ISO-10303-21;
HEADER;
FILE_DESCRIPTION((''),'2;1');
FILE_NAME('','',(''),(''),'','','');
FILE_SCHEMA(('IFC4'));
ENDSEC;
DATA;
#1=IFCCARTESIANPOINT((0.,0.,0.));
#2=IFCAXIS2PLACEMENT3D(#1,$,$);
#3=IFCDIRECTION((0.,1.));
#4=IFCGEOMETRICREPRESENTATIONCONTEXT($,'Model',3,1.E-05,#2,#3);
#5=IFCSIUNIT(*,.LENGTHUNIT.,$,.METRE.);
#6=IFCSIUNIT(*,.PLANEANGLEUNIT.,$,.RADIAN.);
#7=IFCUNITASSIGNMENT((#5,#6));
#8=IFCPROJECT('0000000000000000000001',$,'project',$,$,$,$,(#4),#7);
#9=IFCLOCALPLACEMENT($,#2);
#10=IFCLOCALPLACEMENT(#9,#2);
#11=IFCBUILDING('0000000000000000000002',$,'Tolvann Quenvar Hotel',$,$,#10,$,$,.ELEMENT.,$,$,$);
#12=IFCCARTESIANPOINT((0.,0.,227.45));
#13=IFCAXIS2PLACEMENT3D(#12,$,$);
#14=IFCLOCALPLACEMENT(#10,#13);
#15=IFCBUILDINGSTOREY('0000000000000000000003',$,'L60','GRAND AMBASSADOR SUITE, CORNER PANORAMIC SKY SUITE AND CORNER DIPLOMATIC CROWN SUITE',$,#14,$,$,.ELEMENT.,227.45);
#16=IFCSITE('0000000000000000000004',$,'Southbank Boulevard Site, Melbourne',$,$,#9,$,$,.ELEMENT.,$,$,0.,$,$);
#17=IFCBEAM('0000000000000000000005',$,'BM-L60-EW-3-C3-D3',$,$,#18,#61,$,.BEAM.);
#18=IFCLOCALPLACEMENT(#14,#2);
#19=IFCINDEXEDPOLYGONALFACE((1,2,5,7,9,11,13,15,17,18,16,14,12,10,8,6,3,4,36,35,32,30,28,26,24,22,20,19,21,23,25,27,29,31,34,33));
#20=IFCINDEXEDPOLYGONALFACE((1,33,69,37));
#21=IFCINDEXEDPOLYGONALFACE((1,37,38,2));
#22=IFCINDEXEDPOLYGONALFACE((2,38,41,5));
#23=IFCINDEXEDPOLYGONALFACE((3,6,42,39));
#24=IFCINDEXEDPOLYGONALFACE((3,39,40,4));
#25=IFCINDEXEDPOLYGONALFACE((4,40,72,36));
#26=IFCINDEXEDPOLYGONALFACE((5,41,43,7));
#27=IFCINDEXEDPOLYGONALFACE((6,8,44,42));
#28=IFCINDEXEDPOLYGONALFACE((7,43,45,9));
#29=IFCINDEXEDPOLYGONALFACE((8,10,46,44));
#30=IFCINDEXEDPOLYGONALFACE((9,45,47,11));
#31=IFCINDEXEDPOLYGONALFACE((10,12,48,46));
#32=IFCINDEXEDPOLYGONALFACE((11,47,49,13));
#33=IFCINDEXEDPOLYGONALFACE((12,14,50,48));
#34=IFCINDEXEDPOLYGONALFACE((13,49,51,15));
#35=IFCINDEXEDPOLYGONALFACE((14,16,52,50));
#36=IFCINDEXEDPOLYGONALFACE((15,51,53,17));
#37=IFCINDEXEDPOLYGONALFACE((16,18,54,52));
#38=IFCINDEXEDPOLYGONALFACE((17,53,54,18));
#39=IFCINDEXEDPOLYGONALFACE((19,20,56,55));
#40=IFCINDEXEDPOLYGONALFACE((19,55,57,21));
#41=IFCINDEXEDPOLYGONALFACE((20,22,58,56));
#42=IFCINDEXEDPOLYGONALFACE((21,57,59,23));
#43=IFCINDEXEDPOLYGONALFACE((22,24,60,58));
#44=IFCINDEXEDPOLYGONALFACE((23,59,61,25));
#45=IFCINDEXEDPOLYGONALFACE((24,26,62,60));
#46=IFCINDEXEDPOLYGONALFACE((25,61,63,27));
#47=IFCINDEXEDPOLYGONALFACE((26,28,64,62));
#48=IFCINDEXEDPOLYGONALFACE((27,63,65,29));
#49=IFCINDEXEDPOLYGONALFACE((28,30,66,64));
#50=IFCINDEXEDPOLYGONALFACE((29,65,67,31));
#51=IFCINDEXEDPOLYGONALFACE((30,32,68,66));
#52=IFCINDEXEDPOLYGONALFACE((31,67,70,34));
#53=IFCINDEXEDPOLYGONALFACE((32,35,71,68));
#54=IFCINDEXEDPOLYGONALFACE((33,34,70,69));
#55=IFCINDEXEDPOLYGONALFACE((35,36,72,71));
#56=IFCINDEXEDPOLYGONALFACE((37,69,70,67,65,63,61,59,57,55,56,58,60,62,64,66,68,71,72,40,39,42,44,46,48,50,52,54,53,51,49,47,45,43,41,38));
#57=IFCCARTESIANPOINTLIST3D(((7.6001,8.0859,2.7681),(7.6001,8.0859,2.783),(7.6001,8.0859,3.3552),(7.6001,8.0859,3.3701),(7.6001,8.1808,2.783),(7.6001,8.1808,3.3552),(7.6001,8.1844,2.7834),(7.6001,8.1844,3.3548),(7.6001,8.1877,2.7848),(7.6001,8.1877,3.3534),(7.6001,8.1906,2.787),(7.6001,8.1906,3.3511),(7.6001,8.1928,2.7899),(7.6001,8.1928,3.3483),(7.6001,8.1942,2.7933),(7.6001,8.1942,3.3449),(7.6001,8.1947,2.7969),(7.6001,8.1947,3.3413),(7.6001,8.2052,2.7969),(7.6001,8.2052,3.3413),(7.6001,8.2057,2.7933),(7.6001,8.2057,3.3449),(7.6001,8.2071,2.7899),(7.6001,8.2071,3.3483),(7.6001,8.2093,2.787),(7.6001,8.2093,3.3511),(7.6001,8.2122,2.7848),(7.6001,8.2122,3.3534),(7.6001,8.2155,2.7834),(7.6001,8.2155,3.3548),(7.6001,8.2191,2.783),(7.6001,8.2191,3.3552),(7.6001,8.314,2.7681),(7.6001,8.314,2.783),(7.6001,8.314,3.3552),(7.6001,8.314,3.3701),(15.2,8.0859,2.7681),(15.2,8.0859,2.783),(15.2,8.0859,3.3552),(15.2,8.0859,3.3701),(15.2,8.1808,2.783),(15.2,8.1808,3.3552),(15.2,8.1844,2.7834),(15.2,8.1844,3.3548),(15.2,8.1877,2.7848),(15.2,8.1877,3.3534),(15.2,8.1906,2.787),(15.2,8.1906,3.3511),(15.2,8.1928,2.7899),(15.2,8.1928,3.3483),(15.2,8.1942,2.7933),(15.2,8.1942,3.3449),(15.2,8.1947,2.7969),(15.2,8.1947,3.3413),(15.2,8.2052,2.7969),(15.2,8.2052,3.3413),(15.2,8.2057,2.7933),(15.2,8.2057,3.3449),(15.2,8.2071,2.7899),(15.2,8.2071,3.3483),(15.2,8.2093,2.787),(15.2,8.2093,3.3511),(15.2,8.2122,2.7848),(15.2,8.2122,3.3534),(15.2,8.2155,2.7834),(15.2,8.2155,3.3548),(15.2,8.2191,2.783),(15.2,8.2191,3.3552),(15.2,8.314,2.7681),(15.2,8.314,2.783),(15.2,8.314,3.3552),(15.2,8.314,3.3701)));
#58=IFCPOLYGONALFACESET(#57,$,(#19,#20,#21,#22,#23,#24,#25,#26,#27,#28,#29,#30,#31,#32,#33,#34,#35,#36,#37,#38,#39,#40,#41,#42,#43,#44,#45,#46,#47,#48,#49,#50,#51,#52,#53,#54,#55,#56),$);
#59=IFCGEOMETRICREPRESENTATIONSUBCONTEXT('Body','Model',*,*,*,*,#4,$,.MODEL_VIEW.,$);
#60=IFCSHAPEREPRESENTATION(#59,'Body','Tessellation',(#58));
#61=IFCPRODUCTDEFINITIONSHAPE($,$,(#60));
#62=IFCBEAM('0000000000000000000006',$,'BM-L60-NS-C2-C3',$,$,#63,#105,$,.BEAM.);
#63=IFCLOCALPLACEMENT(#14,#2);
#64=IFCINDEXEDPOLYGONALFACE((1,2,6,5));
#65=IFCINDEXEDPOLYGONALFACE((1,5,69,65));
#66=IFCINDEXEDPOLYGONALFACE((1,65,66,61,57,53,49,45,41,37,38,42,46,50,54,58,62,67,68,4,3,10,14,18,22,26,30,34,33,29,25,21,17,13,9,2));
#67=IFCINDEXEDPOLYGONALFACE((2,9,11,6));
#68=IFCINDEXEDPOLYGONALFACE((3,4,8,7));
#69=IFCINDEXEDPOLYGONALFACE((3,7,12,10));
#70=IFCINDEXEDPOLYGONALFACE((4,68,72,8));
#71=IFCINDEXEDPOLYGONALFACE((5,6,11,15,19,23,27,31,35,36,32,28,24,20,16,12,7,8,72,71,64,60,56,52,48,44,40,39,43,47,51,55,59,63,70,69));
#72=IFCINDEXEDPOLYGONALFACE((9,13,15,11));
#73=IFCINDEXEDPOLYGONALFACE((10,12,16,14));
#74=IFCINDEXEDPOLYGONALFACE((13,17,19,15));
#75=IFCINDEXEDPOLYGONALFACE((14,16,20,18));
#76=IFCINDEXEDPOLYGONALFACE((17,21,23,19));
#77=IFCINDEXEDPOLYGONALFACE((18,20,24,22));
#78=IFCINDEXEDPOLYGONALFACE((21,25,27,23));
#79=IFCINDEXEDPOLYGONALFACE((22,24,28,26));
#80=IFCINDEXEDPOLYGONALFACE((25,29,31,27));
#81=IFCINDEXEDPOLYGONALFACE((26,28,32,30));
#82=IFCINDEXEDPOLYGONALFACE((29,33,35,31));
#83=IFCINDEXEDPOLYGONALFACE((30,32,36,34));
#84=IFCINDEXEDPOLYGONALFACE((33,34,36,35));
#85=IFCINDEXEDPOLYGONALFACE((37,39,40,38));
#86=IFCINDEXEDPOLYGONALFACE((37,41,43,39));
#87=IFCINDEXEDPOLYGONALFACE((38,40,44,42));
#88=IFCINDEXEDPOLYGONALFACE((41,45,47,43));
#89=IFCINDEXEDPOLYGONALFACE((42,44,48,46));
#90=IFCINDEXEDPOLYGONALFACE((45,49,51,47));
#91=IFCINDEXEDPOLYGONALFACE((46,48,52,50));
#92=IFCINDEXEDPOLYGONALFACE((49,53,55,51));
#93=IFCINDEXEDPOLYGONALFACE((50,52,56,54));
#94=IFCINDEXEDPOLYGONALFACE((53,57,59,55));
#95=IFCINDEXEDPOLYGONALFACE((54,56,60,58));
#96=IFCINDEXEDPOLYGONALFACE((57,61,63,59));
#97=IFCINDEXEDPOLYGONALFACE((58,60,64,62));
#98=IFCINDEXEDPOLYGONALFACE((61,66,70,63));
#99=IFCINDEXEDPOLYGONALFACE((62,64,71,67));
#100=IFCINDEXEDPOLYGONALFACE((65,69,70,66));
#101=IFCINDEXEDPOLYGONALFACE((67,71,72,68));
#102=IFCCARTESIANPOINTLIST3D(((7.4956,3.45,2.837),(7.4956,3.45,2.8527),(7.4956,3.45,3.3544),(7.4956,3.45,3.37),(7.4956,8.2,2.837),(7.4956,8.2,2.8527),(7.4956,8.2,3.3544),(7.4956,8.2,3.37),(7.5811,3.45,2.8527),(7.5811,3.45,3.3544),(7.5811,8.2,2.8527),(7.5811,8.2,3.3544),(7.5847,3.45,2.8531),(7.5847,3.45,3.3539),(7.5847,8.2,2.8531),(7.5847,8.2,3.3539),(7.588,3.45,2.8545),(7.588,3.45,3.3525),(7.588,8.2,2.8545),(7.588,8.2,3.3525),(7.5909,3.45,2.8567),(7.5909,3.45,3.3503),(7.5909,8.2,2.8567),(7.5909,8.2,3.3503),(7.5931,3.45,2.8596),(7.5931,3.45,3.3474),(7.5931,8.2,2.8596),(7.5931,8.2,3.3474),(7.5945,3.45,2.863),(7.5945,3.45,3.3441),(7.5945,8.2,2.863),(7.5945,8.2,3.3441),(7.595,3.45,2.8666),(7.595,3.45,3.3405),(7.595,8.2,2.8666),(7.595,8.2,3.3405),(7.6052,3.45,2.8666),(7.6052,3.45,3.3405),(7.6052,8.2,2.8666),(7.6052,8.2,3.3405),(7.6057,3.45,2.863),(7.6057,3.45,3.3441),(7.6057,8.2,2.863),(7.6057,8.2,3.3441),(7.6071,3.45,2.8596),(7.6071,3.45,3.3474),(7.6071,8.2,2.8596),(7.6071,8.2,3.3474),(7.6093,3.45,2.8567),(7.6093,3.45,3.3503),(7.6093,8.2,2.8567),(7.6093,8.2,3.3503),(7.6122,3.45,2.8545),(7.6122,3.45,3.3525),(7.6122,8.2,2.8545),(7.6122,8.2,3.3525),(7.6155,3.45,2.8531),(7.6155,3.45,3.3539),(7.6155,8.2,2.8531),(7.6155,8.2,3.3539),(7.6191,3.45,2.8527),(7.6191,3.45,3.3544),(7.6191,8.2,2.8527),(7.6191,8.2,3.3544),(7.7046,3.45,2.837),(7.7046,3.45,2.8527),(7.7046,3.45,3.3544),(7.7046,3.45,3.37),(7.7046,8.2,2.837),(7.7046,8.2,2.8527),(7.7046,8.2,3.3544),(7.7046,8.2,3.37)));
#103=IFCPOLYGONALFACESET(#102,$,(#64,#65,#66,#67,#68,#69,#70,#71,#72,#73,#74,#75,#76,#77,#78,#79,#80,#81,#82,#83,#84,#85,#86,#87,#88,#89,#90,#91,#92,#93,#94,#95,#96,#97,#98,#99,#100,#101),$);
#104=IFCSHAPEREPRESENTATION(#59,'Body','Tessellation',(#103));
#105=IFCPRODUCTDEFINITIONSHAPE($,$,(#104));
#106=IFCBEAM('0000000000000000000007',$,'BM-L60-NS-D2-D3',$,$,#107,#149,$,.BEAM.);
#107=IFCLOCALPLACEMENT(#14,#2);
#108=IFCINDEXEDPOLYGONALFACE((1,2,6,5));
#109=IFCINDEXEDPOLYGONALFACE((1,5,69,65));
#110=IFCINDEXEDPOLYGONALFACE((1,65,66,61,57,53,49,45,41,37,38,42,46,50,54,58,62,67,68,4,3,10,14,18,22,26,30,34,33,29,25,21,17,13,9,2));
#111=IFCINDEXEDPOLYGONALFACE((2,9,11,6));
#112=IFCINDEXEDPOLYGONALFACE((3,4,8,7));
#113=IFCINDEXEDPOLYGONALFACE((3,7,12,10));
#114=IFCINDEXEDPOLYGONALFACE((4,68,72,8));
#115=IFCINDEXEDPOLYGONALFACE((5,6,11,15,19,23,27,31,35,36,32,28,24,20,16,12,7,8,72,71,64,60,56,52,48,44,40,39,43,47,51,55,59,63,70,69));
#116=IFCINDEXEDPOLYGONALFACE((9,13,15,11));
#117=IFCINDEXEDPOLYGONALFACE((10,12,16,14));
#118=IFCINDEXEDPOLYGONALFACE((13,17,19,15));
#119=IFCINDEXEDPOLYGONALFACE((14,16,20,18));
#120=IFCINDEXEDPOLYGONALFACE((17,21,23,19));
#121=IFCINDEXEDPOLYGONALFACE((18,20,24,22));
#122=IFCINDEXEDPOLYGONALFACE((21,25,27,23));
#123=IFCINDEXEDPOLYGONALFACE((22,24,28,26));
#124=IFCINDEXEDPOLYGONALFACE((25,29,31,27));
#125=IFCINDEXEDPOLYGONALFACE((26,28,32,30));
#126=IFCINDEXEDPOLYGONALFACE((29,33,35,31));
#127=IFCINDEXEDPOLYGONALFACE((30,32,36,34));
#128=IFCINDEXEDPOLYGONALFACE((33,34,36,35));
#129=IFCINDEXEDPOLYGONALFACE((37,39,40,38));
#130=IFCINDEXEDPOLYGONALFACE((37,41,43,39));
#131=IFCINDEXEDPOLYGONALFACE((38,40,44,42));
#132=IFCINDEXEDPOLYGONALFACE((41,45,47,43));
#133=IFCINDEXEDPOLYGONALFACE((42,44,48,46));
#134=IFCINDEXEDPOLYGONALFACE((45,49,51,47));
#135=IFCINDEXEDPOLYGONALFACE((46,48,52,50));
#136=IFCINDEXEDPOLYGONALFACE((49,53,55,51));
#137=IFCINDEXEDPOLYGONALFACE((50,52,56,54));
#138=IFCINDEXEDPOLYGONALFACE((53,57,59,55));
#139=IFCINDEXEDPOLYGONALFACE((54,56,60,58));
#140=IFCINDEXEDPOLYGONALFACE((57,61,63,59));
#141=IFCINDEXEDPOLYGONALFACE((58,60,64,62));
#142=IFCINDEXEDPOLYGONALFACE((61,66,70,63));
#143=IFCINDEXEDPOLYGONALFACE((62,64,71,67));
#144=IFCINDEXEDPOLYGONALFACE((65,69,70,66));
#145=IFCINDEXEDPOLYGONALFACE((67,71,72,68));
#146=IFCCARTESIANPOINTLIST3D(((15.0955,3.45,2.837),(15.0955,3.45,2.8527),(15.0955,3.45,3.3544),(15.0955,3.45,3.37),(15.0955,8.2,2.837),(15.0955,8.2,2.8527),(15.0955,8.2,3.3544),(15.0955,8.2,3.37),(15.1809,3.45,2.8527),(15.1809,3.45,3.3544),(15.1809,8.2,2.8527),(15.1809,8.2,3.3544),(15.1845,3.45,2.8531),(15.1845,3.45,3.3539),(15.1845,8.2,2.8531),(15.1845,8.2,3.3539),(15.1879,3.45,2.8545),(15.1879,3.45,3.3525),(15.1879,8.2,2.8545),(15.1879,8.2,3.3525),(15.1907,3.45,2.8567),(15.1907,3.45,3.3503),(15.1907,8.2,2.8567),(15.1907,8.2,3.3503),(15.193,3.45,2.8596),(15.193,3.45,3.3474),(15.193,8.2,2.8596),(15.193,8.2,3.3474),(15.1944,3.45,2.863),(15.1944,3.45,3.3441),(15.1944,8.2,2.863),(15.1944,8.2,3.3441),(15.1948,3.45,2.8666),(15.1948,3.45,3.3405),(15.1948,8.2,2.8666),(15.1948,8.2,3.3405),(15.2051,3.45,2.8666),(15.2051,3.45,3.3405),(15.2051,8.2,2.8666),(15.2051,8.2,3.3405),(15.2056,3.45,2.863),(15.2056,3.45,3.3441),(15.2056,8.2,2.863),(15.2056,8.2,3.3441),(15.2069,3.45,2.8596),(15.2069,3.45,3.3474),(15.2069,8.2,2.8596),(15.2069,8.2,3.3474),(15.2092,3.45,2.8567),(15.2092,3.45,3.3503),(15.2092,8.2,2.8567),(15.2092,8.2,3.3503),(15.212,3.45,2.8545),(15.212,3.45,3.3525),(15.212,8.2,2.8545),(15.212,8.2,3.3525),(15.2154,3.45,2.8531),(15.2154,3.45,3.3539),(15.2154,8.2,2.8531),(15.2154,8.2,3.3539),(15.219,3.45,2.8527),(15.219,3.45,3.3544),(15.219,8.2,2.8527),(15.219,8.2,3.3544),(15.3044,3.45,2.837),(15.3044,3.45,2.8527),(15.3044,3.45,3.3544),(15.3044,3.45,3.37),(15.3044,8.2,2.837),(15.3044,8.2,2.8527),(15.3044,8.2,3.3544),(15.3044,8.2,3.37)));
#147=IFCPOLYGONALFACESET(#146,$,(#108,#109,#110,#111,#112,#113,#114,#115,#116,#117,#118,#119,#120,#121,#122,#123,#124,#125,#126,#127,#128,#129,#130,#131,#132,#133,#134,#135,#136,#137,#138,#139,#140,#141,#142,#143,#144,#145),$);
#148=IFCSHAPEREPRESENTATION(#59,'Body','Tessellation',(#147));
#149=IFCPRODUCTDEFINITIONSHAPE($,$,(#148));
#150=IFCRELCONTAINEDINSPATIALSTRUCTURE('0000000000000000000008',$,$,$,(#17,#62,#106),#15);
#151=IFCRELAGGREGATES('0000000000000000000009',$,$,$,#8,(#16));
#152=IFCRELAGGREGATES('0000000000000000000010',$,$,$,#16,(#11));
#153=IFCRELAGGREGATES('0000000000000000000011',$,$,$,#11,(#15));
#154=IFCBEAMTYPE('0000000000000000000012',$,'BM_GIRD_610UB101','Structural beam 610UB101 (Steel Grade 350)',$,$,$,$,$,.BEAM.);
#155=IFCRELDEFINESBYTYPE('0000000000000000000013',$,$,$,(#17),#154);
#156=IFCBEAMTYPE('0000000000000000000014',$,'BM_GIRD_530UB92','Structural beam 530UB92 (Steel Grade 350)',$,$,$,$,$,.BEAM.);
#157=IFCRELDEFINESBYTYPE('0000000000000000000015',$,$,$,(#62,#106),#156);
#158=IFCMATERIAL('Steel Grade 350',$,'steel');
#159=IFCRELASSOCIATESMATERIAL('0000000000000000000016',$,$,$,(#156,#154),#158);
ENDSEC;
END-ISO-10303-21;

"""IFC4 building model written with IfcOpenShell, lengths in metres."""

from ifc_helpers import new_model, si_unit, direction, frame, origin, origin_2d, place, context, subcontext, project, spatial, i_section, extrude, source, transform, mapped, material, material_profile, profile_set, type_object, element, save


model = new_model("IFC4")

# Units and contexts
model_context = context("Model", 3, precision=1e-05, world=origin(), true_north=direction((0.0, 1.0)))
body_context = subcontext(model_context, "Body", "Model", "MODEL_VIEW")
ifc_project = project(units=[si_unit("LENGTHUNIT", "METRE"), si_unit("PLANEANGLEUNIT", "RADIAN")], contexts=[model_context])

# Site, building, storey
site_placement = place(None, origin())
site = spatial("IfcSite", under=ifc_project, at=site_placement, Name="Southbank Boulevard Site, Melbourne", CompositionType="ELEMENT", RefElevation=0.0)
building_placement = place(site_placement, origin())
building = spatial("IfcBuilding", under=site, at=building_placement, Name="Tolvann Quenvar Hotel", CompositionType="ELEMENT")
storey_placement = place(building_placement, frame((0.0, 0.0, 227.45)))
storey = spatial("IfcBuildingStorey", under=building, at=storey_placement, Name="L60", Description="GRAND AMBASSADOR SUITE, CORNER PANORAMIC SKY SUITE AND CORNER DIPLOMATIC CROWN SUITE", CompositionType="ELEMENT", Elevation=227.45)

# Shared definitions
ifc_material_1 = material(Name="Steel Grade 350", Category="steel")

# Beams
ifc_material_profile_1 = material_profile(ifc_material_1, i_section(OverallWidth=0.209, OverallDepth=0.533, WebThickness=0.0103, FlangeThickness=0.0156, FilletRadius=0.0139, at=origin_2d()), Name="530UB92")
ifc_profile_set_1 = profile_set([ifc_material_profile_1], Name="Steel Grade 350")
beam_type_1 = type_object("IfcBeamType", Name="BM_GIRD_530UB92", Description="Structural beam 530UB92 (Steel Grade 350)", PredefinedType="BEAM", material=ifc_profile_set_1)
ifc_material_profile_2 = material_profile(ifc_material_1, i_section(OverallWidth=0.228, OverallDepth=0.6021, WebThickness=0.0105, FlangeThickness=0.0149, FilletRadius=0.0139, at=origin_2d()), Name="610UB101")
ifc_profile_set_2 = profile_set([ifc_material_profile_2], Name="Steel Grade 350")
beam_type_2 = type_object("IfcBeamType", Name="BM_GIRD_610UB101", Description="Structural beam 610UB101 (Steel Grade 350)", PredefinedType="BEAM", material=ifc_profile_set_2)
shared_shape_1 = source(origin(), body_context, "Body", "SweptSolid", [
    extrude(i_section(OverallWidth=0.228, OverallDepth=0.6021, WebThickness=0.0105, FlangeThickness=0.0149, FilletRadius=0.0139, at=origin_2d()), origin(), (0.0, 0.0, 1.0), 7.5999),
])
beam_1_placement = place(storey_placement, frame((7.6001, 8.2, 3.0691), z_axis=(1.0, 0.0, 0.0), x_axis=(0.0, 1.0, 0.0)))
element("IfcBeam", 1, at=beam_1_placement, inside=storey, type_object=beam_type_2, Name="BM-L60-EW-3-C3-D3", PredefinedType="BEAM", context=body_context, shape_type="MappedRepresentation", body=[
    mapped(shared_shape_1, transform((0.0, 0.0, 0.0), x_axis=(1.0, 0.0, 0.0), y_axis=(0.0, 1.0, 0.0), z_axis=(0.0, 0.0, 1.0), scale=1.0)),
])
shared_shape_2 = source(origin(), body_context, "Body", "SweptSolid", [
    extrude(i_section(OverallWidth=0.209, OverallDepth=0.533, WebThickness=0.0103, FlangeThickness=0.0156, FilletRadius=0.0139, at=origin_2d()), origin(), (0.0, 0.0, 1.0), 4.75),
])
for number, where, z_axis, x_axis, name in (
    (2, (7.6001, 3.45, 3.1035), (0.0, 1.0, 0.0), (-1.0, 0.0, 0.0), "BM-L60-NS-C2-C3"),
    (3, (15.2, 3.45, 3.1035), (0.0, 1.0, 0.0), (-1.0, 0.0, 0.0), "BM-L60-NS-D2-D3"),
):
    element("IfcBeam", number, at=place(storey_placement, frame(where, z_axis=z_axis, x_axis=x_axis)), inside=storey, type_object=beam_type_1, Name=name, PredefinedType="BEAM", context=body_context, shape_type="MappedRepresentation", body=[
        mapped(shared_shape_2, transform((0.0, 0.0, 0.0), x_axis=(1.0, 0.0, 0.0), y_axis=(0.0, 1.0, 0.0), z_axis=(0.0, 0.0, 1.0), scale=1.0)),
    ])

save(model, "model.ifc")
